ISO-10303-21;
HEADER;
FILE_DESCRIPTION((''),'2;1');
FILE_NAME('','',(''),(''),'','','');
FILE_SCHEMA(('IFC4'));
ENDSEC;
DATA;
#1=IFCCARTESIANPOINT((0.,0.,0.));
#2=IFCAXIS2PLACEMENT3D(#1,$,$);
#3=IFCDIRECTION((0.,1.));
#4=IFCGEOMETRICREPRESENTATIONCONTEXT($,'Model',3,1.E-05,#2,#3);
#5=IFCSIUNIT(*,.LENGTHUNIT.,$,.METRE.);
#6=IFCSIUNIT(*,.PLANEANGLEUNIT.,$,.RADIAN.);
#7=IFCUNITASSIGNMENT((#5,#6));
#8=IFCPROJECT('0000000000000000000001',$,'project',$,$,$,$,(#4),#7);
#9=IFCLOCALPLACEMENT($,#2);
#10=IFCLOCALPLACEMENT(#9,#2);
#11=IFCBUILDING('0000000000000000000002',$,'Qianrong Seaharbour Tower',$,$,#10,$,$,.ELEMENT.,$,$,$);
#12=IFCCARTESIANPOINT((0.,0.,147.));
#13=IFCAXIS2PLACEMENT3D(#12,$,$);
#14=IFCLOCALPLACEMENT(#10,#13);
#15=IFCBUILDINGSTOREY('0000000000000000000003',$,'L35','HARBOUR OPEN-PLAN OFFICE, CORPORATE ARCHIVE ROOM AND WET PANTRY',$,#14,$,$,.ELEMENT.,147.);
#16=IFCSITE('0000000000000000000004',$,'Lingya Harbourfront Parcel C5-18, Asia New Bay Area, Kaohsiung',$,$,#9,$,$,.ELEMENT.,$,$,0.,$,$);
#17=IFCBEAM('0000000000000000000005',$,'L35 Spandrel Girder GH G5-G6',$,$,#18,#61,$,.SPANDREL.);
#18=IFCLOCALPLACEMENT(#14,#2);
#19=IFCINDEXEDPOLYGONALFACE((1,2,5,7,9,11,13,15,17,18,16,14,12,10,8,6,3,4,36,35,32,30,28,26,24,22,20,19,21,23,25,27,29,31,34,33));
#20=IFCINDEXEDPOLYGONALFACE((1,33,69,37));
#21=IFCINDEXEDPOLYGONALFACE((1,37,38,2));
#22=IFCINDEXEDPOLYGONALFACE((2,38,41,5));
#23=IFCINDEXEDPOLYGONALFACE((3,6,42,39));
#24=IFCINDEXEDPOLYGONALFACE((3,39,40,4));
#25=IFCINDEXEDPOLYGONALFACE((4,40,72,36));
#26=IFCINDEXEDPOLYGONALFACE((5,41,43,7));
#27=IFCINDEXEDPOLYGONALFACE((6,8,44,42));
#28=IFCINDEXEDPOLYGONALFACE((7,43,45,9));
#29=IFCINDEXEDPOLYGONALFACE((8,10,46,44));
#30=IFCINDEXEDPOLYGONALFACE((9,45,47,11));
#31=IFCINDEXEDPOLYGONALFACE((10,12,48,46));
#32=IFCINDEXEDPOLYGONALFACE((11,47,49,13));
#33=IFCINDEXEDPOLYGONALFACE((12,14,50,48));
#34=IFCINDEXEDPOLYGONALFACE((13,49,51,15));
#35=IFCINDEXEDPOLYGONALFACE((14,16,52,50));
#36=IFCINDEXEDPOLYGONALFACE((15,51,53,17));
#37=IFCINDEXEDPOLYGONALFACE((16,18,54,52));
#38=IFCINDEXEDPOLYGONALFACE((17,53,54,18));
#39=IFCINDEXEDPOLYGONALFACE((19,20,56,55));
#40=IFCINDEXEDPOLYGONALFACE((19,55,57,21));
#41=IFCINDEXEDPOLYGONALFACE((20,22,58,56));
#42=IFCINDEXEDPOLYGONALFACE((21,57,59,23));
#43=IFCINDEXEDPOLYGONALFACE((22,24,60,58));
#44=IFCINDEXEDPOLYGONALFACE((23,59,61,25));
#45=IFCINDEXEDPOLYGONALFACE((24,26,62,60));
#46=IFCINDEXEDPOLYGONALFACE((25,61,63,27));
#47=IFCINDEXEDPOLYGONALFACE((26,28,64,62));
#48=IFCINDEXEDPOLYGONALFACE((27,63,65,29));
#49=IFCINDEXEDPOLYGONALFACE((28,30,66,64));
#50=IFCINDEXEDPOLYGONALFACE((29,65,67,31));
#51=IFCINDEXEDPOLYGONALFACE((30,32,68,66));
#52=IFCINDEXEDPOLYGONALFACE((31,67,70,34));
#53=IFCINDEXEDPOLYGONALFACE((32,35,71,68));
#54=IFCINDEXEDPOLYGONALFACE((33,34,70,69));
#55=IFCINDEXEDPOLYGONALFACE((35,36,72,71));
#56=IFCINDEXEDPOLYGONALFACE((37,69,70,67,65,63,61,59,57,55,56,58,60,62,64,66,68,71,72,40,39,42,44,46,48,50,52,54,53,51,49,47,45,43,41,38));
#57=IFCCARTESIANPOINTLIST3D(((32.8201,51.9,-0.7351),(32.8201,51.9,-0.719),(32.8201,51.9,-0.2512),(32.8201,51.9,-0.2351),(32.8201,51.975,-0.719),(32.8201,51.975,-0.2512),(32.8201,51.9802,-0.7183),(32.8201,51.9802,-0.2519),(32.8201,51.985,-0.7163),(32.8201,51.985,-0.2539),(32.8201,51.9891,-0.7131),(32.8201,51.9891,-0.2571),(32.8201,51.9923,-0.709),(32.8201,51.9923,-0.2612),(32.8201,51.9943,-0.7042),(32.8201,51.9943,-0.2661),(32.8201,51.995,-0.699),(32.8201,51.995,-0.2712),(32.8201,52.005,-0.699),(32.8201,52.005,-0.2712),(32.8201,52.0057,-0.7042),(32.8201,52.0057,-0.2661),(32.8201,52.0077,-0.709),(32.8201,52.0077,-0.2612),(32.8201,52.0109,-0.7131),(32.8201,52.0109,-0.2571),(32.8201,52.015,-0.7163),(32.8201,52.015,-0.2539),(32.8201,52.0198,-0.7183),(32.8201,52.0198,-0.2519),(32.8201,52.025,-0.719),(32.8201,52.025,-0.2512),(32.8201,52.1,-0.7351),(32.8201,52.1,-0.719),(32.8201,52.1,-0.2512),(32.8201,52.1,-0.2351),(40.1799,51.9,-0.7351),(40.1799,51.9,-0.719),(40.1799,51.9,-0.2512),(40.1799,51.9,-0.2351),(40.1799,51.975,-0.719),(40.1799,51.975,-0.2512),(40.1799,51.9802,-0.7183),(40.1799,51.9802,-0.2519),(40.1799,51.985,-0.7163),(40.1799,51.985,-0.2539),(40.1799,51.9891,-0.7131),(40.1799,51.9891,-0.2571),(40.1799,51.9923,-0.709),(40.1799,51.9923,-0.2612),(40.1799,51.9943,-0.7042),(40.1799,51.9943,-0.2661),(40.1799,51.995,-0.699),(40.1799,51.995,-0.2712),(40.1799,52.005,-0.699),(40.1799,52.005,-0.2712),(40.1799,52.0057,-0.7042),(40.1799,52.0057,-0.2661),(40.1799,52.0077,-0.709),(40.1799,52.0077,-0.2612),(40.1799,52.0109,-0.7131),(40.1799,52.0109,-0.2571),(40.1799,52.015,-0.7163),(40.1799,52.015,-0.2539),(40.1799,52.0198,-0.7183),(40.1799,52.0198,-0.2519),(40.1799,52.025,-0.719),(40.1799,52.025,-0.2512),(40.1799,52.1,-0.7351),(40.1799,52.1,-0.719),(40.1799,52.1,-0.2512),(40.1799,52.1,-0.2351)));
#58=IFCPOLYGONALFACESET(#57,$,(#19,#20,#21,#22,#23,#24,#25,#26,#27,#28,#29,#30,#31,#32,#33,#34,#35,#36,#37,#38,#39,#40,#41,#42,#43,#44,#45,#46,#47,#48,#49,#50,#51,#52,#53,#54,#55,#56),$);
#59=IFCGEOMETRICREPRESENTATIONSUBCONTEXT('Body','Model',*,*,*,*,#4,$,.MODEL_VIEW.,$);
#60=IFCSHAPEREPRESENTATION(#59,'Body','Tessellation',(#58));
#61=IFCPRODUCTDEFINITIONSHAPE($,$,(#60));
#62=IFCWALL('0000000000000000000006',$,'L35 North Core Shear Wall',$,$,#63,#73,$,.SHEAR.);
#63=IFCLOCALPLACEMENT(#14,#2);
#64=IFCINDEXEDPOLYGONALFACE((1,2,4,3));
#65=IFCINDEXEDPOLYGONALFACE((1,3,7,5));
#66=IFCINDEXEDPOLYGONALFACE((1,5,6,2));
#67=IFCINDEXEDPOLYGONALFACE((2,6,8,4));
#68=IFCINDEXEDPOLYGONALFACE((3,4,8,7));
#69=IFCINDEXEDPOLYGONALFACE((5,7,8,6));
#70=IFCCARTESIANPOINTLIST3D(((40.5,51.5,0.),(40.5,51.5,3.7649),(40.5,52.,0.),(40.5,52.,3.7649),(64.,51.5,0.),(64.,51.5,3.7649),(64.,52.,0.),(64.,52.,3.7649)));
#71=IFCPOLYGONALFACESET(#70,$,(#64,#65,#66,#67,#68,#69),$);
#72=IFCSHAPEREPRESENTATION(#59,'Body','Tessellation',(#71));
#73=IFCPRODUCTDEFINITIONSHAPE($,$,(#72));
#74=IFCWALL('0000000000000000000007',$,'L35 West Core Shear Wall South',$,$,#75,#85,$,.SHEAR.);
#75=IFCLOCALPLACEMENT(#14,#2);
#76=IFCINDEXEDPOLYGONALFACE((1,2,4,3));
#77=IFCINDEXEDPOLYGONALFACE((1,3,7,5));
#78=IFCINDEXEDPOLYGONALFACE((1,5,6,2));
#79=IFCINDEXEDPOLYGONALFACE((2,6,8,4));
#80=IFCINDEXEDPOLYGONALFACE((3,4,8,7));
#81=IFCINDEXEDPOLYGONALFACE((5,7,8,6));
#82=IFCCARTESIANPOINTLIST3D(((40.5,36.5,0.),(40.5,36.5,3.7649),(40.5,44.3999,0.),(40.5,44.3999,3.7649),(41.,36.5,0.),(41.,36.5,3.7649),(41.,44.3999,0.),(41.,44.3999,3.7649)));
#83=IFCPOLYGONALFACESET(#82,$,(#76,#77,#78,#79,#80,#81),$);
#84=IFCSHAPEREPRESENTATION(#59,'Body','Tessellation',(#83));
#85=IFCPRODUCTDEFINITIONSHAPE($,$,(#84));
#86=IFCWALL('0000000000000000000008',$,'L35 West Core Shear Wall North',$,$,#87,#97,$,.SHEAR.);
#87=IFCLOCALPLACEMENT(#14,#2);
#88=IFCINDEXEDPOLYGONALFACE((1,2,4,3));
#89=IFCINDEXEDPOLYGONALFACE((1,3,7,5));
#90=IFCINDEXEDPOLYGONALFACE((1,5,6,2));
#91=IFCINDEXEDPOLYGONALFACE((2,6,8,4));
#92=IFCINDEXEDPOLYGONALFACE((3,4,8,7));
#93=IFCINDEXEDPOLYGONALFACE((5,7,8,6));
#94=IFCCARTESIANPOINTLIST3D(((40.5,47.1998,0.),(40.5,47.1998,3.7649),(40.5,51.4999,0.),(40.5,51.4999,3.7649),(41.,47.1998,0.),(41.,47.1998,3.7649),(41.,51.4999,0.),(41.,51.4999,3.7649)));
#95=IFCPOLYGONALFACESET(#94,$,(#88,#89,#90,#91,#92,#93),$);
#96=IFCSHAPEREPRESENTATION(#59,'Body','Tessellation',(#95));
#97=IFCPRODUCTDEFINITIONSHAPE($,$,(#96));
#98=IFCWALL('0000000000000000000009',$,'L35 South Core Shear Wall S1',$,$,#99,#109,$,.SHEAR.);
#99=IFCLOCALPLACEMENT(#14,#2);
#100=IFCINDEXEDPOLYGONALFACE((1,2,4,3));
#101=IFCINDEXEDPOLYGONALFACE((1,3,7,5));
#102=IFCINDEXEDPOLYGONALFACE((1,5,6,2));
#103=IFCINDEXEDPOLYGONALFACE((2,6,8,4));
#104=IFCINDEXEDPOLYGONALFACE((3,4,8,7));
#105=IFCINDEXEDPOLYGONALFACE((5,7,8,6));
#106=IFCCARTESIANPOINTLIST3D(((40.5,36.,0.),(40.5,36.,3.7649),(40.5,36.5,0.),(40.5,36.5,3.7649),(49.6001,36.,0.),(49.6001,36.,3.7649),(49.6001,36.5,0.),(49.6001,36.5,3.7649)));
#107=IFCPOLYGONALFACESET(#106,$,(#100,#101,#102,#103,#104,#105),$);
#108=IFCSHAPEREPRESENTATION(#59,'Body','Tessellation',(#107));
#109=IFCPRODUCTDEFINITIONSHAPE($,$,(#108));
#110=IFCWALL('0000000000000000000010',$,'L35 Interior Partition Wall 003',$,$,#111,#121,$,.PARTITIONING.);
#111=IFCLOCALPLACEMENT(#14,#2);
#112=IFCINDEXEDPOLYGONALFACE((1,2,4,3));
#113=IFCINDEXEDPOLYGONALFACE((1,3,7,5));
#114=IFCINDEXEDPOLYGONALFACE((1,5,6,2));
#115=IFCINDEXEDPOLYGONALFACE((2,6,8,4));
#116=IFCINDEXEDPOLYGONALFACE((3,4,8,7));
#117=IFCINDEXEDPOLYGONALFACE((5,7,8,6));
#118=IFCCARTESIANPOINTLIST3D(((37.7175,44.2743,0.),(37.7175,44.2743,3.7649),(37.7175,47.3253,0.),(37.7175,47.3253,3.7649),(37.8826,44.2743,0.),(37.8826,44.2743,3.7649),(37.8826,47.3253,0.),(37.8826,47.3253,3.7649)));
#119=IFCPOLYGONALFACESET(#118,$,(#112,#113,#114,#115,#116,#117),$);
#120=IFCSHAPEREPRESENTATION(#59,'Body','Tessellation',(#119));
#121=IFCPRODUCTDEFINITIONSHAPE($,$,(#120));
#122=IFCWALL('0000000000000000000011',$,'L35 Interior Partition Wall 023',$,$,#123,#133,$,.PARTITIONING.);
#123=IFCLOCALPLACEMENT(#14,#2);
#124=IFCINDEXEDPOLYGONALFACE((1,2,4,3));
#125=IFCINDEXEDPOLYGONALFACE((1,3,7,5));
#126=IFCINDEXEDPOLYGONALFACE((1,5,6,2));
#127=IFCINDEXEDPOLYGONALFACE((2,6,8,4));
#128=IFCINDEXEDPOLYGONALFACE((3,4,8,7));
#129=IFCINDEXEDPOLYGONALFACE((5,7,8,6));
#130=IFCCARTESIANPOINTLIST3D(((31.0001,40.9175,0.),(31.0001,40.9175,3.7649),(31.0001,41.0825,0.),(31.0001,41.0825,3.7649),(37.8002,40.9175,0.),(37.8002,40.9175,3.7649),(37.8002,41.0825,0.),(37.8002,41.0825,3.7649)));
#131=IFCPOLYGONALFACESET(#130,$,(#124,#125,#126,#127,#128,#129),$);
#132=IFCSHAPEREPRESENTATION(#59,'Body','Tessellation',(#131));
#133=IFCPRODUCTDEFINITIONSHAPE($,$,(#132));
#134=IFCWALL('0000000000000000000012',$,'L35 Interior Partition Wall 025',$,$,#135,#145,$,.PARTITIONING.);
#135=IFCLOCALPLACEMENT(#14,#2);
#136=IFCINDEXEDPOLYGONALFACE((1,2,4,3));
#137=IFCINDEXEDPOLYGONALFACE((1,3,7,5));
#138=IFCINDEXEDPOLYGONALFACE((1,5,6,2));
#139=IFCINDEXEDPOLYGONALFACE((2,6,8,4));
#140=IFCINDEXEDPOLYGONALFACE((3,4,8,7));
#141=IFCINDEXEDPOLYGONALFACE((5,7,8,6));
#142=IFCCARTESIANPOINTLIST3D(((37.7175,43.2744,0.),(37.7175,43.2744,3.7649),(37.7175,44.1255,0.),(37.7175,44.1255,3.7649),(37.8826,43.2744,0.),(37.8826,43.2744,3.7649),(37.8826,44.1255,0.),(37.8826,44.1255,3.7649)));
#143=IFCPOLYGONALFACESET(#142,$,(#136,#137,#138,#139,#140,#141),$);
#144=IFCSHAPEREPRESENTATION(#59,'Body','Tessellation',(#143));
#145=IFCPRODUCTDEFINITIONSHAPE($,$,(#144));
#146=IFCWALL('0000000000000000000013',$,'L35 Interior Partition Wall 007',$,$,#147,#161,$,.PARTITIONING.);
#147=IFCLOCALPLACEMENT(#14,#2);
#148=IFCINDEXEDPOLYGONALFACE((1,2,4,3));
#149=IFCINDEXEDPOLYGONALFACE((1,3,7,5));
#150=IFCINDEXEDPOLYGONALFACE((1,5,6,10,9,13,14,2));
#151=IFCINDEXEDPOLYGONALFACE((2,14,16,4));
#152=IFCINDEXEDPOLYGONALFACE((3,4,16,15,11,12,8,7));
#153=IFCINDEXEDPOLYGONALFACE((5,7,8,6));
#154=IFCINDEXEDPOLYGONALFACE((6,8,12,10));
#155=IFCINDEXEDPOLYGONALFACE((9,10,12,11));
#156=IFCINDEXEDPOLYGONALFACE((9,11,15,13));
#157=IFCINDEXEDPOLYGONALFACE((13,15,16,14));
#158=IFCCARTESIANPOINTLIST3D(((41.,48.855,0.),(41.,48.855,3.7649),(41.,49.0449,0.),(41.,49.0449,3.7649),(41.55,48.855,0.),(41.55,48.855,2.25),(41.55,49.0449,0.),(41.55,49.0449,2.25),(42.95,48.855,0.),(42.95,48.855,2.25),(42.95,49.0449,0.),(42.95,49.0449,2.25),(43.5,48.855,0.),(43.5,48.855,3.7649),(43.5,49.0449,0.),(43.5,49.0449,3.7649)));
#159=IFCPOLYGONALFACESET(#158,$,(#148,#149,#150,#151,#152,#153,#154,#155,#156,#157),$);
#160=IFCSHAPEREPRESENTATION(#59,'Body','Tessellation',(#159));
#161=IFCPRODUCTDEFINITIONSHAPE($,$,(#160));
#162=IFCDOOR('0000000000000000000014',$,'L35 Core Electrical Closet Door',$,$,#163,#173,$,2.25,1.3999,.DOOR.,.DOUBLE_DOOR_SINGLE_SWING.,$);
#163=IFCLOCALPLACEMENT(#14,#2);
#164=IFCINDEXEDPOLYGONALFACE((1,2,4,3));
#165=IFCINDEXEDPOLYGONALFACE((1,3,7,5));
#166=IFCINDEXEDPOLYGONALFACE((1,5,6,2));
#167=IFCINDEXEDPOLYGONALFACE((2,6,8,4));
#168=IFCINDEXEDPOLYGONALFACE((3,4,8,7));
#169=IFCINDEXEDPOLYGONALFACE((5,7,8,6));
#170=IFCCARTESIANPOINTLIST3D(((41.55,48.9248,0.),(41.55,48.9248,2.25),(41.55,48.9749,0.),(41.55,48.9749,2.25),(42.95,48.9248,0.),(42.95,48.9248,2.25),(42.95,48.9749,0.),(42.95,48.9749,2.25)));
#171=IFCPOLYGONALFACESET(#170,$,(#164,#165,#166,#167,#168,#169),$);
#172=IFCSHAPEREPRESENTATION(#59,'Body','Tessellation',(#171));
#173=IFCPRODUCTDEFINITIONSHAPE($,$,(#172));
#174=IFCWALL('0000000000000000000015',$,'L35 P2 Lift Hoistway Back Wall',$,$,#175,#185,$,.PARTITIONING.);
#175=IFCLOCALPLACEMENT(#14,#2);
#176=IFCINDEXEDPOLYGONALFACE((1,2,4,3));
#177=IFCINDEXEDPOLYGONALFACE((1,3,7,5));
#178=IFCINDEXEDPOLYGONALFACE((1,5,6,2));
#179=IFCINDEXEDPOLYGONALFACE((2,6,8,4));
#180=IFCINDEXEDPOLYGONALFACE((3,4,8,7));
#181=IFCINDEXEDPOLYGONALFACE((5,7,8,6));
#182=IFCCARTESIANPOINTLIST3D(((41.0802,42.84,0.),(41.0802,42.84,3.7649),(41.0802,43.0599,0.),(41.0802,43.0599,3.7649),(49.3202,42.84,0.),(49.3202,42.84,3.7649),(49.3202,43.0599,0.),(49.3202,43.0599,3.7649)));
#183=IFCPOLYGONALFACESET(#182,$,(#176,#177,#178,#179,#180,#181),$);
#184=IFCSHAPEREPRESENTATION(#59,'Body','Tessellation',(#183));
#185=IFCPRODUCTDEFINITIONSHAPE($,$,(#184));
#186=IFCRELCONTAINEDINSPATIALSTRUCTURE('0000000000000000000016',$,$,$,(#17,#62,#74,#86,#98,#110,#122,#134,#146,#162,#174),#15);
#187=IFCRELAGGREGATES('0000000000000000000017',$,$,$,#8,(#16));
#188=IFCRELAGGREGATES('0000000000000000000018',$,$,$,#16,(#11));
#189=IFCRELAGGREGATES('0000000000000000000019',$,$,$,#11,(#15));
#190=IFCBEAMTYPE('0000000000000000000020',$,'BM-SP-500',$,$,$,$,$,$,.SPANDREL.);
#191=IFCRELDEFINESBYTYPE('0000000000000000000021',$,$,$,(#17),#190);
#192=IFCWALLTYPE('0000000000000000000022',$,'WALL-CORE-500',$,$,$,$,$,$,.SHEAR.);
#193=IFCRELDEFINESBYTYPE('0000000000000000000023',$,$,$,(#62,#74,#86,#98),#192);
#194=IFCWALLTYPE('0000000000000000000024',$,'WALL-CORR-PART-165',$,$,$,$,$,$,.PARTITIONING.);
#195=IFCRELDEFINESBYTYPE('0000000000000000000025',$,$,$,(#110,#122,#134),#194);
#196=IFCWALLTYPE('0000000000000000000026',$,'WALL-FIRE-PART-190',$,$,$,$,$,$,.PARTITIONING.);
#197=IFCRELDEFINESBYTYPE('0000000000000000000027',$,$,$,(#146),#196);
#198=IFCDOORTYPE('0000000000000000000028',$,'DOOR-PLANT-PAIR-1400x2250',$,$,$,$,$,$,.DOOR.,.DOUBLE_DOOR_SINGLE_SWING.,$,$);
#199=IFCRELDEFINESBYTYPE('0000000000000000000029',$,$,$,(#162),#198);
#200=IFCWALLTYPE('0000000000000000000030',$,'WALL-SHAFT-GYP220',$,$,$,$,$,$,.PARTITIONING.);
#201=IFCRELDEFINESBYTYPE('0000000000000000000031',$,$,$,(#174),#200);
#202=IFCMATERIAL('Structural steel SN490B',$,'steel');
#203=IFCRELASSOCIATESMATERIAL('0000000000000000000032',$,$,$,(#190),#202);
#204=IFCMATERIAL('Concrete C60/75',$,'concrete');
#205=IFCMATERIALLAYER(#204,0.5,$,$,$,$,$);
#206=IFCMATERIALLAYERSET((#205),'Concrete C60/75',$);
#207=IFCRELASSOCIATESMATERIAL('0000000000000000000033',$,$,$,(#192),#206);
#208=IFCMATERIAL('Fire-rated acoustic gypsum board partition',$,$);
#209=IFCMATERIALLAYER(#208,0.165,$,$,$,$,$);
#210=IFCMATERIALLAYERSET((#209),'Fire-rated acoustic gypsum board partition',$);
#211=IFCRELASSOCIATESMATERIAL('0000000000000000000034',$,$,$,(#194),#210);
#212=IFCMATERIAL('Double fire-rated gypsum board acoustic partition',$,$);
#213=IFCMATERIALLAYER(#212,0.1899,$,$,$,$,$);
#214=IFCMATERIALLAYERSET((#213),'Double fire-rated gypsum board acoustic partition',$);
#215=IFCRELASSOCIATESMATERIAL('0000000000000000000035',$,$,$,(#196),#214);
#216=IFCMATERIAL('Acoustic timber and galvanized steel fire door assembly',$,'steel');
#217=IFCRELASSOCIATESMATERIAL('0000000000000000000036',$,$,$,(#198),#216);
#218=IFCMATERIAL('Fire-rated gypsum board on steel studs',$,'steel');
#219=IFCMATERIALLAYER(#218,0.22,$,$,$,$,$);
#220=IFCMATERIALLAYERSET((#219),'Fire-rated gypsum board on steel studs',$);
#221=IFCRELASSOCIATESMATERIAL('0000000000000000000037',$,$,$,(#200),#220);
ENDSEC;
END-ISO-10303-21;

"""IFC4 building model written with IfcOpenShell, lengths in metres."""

from ifc_helpers import new_model, si_unit, direction, frame, frame_2d, origin, origin_2d, place, context, subcontext, project, spatial, rectangle, i_section, extrude, material, layer, layer_set, material_profile, profile_set, type_object, element, fill, save


model = new_model("IFC4")

# Units and contexts
model_context = context("Model", 3, precision=1e-05, world=origin(), true_north=direction((0.0, 1.0)))
body_context = subcontext(model_context, "Body", "Model", "MODEL_VIEW")
ifc_project = project(units=[si_unit("LENGTHUNIT", "METRE"), si_unit("PLANEANGLEUNIT", "RADIAN")], contexts=[model_context])

# Site, building, storey
site_placement = place(None, origin())
site = spatial("IfcSite", under=ifc_project, at=site_placement, Name="Lingya Harbourfront Parcel C5-18, Asia New Bay Area, Kaohsiung", CompositionType="ELEMENT", RefElevation=0.0)
building_placement = place(site_placement, origin())
building = spatial("IfcBuilding", under=site, at=building_placement, Name="Qianrong Seaharbour Tower", CompositionType="ELEMENT")
storey_placement = place(building_placement, frame((0.0, 0.0, 147.0)))
storey = spatial("IfcBuildingStorey", under=building, at=storey_placement, Name="L35", Description="HARBOUR OPEN-PLAN OFFICE, CORPORATE ARCHIVE ROOM AND WET PANTRY", CompositionType="ELEMENT", Elevation=147.0)

# Shared definitions
ifc_material_1 = material(Name="Structural steel SN490B", Category="steel")

# Beam
ifc_material_profile_1 = material_profile(ifc_material_1, i_section(OverallWidth=0.2, OverallDepth=0.5, WebThickness=0.01, FlangeThickness=0.0161, FilletRadius=0.02, at=origin_2d()), Name="H500x200x10x16")
ifc_profile_set_1 = profile_set([ifc_material_profile_1], Name="Structural steel SN490B")
beam_type_1 = type_object("IfcBeamType", Name="BM-SP-500", PredefinedType="SPANDREL", material=ifc_profile_set_1)
beam_1_placement = place(storey_placement, frame((32.8201, 52.0, -0.4851), z_axis=(1.0, 0.0, 0.0), x_axis=(0.0, 1.0, 0.0)))
element("IfcBeam", 1, at=beam_1_placement, inside=storey, type_object=beam_type_1, Name="L35 Spandrel Girder GH G5-G6", PredefinedType="SPANDREL", context=body_context, shape_type="SweptSolid", body=[
    extrude(i_section(OverallWidth=0.2, OverallDepth=0.5, WebThickness=0.01, FlangeThickness=0.0161, FilletRadius=0.02, at=origin_2d()), origin(), (0.0, 0.0, 1.0), 7.3599),
])

# Walls
ifc_material_2 = material(Name="Concrete C60/75", Category="concrete")
ifc_layer_1 = layer(ifc_material_2, 0.5)
ifc_layer_set_1 = layer_set([ifc_layer_1], Name="Concrete C60/75")
wall_type_1 = type_object("IfcWallType", Name="WALL-CORE-500", PredefinedType="SHEAR", material=ifc_layer_set_1)
wall_1_placement = place(storey_placement, frame((40.5, 51.75, 0.0), z_axis=(0.0, 0.0, 1.0), x_axis=(1.0, 0.0, 0.0)))
element("IfcWall", 2, at=wall_1_placement, inside=storey, type_object=wall_type_1, Name="L35 North Core Shear Wall", PredefinedType="SHEAR", context=body_context, shape_type="SweptSolid", body=[
    extrude(rectangle(XDim=23.5, YDim=0.5, at=frame_2d((11.75, 0.0))), origin(), (0.0, 0.0, 1.0), 3.7649),
])
wall_2_placement = place(storey_placement, frame((40.75, 36.5, 0.0), z_axis=(0.0, 0.0, 1.0), x_axis=(0.0, 1.0, 0.0)))
element("IfcWall", 3, at=wall_2_placement, inside=storey, type_object=wall_type_1, Name="L35 West Core Shear Wall South", PredefinedType="SHEAR", context=body_context, shape_type="SweptSolid", body=[
    extrude(rectangle(XDim=7.8999, YDim=0.5, at=frame_2d((3.95, 0.0))), origin(), (0.0, 0.0, 1.0), 3.7649),
])
wall_3_placement = place(storey_placement, frame((40.75, 47.2, 0.0), z_axis=(0.0, 0.0, 1.0), x_axis=(0.0, 1.0, 0.0)))
element("IfcWall", 4, at=wall_3_placement, inside=storey, type_object=wall_type_1, Name="L35 West Core Shear Wall North", PredefinedType="SHEAR", context=body_context, shape_type="SweptSolid", body=[
    extrude(rectangle(XDim=4.3, YDim=0.5, at=frame_2d((2.1499, 0.0))), origin(), (0.0, 0.0, 1.0), 3.7649),
])
wall_4_placement = place(storey_placement, frame((40.5, 36.25, 0.0), z_axis=(0.0, 0.0, 1.0), x_axis=(1.0, 0.0, 0.0)))
element("IfcWall", 5, at=wall_4_placement, inside=storey, type_object=wall_type_1, Name="L35 South Core Shear Wall S1", PredefinedType="SHEAR", context=body_context, shape_type="SweptSolid", body=[
    extrude(rectangle(XDim=9.1001, YDim=0.5, at=frame_2d((4.55, 0.0))), origin(), (0.0, 0.0, 1.0), 3.7649),
])

# Shared definitions
ifc_material_3 = material(Name="Fire-rated acoustic gypsum board partition")
ifc_layer_2 = layer(ifc_material_3, 0.165)
ifc_layer_set_2 = layer_set([ifc_layer_2], Name="Fire-rated acoustic gypsum board partition")
wall_type_2 = type_object("IfcWallType", Name="WALL-CORR-PART-165", PredefinedType="PARTITIONING", material=ifc_layer_set_2)
ifc_material_4 = material(Name="Acoustic timber and galvanized steel fire door assembly", Category="steel")

# Walls
wall_5_placement = place(storey_placement, frame((37.8, 44.2744, 0.0), z_axis=(0.0, 0.0, 1.0), x_axis=(0.0, 1.0, 0.0)))
element("IfcWall", 6, at=wall_5_placement, inside=storey, type_object=wall_type_2, Name="L35 Interior Partition Wall 003", PredefinedType="PARTITIONING", context=body_context, shape_type="SweptSolid", body=[
    extrude(rectangle(XDim=3.051, YDim=0.165, at=frame_2d((1.5254, 0.0))), origin(), (0.0, 0.0, 1.0), 3.7649),
])
wall_6_placement = place(storey_placement, frame((37.8, 41.0, 0.0), z_axis=(0.0, 0.0, 1.0), x_axis=(-1.0, 0.0, 0.0)))
element("IfcWall", 7, at=wall_6_placement, inside=storey, type_object=wall_type_2, Name="L35 Interior Partition Wall 023", PredefinedType="PARTITIONING", context=body_context, shape_type="SweptSolid", body=[
    extrude(rectangle(XDim=6.8, YDim=0.165, at=frame_2d((3.3999, 0.0))), origin(), (0.0, 0.0, 1.0), 3.7649),
])
wall_7_placement = place(storey_placement, frame((37.8, 43.2744, 0.0), z_axis=(0.0, 0.0, 1.0), x_axis=(0.0, 1.0, 0.0)))
element("IfcWall", 8, at=wall_7_placement, inside=storey, type_object=wall_type_2, Name="L35 Interior Partition Wall 025", PredefinedType="PARTITIONING", context=body_context, shape_type="SweptSolid", body=[
    extrude(rectangle(XDim=0.8511, YDim=0.165, at=frame_2d((0.4255, 0.0))), origin(), (0.0, 0.0, 1.0), 3.7649),
])

# Wall, opening, door
ifc_material_5 = material(Name="Double fire-rated gypsum board acoustic partition")
ifc_layer_3 = layer(ifc_material_5, 0.1899)
ifc_layer_set_3 = layer_set([ifc_layer_3], Name="Double fire-rated gypsum board acoustic partition")
wall_type_3 = type_object("IfcWallType", Name="WALL-FIRE-PART-190", PredefinedType="PARTITIONING", material=ifc_layer_set_3)
wall_8_placement = place(storey_placement, frame((41.0, 48.95, 0.0), z_axis=(0.0, 0.0, 1.0), x_axis=(1.0, 0.0, 0.0)))
wall_8 = element("IfcWall", 9, at=wall_8_placement, inside=storey, type_object=wall_type_3, Name="L35 Interior Partition Wall 007", PredefinedType="PARTITIONING", context=body_context, shape_type="SweptSolid", body=[
    extrude(rectangle(XDim=2.5, YDim=0.1899, at=frame_2d((1.25, 0.0))), origin(), (0.0, 0.0, 1.0), 3.7649),
])
opening_1_placement = place(wall_8_placement, frame((0.55, 0.0, 0.0)))
opening_1 = element("IfcOpeningElement", 10, at=opening_1_placement, cuts=wall_8, PredefinedType="OPENING", context=body_context, shape_type="SweptSolid", body=[
    extrude(rectangle(XDim=1.3999, YDim=2.25, at=frame_2d((0.7, 1.125))), frame((0.0, 0.105, 0.0), z_axis=(0.0, -1.0, 0.0), x_axis=(1.0, 0.0, 0.0)), (0.0, 0.0, 1.0), 0.21),
])
door_type_1 = type_object("IfcDoorType", Name="DOOR-PLANT-PAIR-1400x2250", OperationType="DOUBLE_DOOR_SINGLE_SWING", PredefinedType="DOOR", material=ifc_material_4)
door_1_placement = place(opening_1_placement, origin())
door_1 = element("IfcDoor", 11, at=door_1_placement, inside=storey, type_object=door_type_1, Name="L35 Core Electrical Closet Door", OperationType="DOUBLE_DOOR_SINGLE_SWING", OverallHeight=2.25, OverallWidth=1.3999, PredefinedType="DOOR", context=body_context, shape_type="SweptSolid", body=[
    extrude(rectangle(XDim=1.3999, YDim=2.25, at=frame_2d((0.7, 1.125))), frame((0.0, 0.0249, 0.0), z_axis=(0.0, -1.0, 0.0), x_axis=(1.0, 0.0, 0.0)), (0.0, 0.0, 1.0), 0.05),
])
fill(opening_1, door_1)

# Wall
ifc_material_6 = material(Name="Fire-rated gypsum board on steel studs", Category="steel")
ifc_layer_4 = layer(ifc_material_6, 0.22)
ifc_layer_set_4 = layer_set([ifc_layer_4], Name="Fire-rated gypsum board on steel studs")
wall_type_4 = type_object("IfcWallType", Name="WALL-SHAFT-GYP220", PredefinedType="PARTITIONING", material=ifc_layer_set_4)
wall_9_placement = place(storey_placement, frame((41.0801, 42.95, 0.0), z_axis=(0.0, 0.0, 1.0), x_axis=(1.0, 0.0, 0.0)))
element("IfcWall", 12, at=wall_9_placement, inside=storey, type_object=wall_type_4, Name="L35 P2 Lift Hoistway Back Wall", PredefinedType="PARTITIONING", context=body_context, shape_type="SweptSolid", body=[
    extrude(rectangle(XDim=8.24, YDim=0.22, at=frame_2d((4.1201, 0.0))), origin(), (0.0, 0.0, 1.0), 3.7649),
])

save(model, "model.ifc")
